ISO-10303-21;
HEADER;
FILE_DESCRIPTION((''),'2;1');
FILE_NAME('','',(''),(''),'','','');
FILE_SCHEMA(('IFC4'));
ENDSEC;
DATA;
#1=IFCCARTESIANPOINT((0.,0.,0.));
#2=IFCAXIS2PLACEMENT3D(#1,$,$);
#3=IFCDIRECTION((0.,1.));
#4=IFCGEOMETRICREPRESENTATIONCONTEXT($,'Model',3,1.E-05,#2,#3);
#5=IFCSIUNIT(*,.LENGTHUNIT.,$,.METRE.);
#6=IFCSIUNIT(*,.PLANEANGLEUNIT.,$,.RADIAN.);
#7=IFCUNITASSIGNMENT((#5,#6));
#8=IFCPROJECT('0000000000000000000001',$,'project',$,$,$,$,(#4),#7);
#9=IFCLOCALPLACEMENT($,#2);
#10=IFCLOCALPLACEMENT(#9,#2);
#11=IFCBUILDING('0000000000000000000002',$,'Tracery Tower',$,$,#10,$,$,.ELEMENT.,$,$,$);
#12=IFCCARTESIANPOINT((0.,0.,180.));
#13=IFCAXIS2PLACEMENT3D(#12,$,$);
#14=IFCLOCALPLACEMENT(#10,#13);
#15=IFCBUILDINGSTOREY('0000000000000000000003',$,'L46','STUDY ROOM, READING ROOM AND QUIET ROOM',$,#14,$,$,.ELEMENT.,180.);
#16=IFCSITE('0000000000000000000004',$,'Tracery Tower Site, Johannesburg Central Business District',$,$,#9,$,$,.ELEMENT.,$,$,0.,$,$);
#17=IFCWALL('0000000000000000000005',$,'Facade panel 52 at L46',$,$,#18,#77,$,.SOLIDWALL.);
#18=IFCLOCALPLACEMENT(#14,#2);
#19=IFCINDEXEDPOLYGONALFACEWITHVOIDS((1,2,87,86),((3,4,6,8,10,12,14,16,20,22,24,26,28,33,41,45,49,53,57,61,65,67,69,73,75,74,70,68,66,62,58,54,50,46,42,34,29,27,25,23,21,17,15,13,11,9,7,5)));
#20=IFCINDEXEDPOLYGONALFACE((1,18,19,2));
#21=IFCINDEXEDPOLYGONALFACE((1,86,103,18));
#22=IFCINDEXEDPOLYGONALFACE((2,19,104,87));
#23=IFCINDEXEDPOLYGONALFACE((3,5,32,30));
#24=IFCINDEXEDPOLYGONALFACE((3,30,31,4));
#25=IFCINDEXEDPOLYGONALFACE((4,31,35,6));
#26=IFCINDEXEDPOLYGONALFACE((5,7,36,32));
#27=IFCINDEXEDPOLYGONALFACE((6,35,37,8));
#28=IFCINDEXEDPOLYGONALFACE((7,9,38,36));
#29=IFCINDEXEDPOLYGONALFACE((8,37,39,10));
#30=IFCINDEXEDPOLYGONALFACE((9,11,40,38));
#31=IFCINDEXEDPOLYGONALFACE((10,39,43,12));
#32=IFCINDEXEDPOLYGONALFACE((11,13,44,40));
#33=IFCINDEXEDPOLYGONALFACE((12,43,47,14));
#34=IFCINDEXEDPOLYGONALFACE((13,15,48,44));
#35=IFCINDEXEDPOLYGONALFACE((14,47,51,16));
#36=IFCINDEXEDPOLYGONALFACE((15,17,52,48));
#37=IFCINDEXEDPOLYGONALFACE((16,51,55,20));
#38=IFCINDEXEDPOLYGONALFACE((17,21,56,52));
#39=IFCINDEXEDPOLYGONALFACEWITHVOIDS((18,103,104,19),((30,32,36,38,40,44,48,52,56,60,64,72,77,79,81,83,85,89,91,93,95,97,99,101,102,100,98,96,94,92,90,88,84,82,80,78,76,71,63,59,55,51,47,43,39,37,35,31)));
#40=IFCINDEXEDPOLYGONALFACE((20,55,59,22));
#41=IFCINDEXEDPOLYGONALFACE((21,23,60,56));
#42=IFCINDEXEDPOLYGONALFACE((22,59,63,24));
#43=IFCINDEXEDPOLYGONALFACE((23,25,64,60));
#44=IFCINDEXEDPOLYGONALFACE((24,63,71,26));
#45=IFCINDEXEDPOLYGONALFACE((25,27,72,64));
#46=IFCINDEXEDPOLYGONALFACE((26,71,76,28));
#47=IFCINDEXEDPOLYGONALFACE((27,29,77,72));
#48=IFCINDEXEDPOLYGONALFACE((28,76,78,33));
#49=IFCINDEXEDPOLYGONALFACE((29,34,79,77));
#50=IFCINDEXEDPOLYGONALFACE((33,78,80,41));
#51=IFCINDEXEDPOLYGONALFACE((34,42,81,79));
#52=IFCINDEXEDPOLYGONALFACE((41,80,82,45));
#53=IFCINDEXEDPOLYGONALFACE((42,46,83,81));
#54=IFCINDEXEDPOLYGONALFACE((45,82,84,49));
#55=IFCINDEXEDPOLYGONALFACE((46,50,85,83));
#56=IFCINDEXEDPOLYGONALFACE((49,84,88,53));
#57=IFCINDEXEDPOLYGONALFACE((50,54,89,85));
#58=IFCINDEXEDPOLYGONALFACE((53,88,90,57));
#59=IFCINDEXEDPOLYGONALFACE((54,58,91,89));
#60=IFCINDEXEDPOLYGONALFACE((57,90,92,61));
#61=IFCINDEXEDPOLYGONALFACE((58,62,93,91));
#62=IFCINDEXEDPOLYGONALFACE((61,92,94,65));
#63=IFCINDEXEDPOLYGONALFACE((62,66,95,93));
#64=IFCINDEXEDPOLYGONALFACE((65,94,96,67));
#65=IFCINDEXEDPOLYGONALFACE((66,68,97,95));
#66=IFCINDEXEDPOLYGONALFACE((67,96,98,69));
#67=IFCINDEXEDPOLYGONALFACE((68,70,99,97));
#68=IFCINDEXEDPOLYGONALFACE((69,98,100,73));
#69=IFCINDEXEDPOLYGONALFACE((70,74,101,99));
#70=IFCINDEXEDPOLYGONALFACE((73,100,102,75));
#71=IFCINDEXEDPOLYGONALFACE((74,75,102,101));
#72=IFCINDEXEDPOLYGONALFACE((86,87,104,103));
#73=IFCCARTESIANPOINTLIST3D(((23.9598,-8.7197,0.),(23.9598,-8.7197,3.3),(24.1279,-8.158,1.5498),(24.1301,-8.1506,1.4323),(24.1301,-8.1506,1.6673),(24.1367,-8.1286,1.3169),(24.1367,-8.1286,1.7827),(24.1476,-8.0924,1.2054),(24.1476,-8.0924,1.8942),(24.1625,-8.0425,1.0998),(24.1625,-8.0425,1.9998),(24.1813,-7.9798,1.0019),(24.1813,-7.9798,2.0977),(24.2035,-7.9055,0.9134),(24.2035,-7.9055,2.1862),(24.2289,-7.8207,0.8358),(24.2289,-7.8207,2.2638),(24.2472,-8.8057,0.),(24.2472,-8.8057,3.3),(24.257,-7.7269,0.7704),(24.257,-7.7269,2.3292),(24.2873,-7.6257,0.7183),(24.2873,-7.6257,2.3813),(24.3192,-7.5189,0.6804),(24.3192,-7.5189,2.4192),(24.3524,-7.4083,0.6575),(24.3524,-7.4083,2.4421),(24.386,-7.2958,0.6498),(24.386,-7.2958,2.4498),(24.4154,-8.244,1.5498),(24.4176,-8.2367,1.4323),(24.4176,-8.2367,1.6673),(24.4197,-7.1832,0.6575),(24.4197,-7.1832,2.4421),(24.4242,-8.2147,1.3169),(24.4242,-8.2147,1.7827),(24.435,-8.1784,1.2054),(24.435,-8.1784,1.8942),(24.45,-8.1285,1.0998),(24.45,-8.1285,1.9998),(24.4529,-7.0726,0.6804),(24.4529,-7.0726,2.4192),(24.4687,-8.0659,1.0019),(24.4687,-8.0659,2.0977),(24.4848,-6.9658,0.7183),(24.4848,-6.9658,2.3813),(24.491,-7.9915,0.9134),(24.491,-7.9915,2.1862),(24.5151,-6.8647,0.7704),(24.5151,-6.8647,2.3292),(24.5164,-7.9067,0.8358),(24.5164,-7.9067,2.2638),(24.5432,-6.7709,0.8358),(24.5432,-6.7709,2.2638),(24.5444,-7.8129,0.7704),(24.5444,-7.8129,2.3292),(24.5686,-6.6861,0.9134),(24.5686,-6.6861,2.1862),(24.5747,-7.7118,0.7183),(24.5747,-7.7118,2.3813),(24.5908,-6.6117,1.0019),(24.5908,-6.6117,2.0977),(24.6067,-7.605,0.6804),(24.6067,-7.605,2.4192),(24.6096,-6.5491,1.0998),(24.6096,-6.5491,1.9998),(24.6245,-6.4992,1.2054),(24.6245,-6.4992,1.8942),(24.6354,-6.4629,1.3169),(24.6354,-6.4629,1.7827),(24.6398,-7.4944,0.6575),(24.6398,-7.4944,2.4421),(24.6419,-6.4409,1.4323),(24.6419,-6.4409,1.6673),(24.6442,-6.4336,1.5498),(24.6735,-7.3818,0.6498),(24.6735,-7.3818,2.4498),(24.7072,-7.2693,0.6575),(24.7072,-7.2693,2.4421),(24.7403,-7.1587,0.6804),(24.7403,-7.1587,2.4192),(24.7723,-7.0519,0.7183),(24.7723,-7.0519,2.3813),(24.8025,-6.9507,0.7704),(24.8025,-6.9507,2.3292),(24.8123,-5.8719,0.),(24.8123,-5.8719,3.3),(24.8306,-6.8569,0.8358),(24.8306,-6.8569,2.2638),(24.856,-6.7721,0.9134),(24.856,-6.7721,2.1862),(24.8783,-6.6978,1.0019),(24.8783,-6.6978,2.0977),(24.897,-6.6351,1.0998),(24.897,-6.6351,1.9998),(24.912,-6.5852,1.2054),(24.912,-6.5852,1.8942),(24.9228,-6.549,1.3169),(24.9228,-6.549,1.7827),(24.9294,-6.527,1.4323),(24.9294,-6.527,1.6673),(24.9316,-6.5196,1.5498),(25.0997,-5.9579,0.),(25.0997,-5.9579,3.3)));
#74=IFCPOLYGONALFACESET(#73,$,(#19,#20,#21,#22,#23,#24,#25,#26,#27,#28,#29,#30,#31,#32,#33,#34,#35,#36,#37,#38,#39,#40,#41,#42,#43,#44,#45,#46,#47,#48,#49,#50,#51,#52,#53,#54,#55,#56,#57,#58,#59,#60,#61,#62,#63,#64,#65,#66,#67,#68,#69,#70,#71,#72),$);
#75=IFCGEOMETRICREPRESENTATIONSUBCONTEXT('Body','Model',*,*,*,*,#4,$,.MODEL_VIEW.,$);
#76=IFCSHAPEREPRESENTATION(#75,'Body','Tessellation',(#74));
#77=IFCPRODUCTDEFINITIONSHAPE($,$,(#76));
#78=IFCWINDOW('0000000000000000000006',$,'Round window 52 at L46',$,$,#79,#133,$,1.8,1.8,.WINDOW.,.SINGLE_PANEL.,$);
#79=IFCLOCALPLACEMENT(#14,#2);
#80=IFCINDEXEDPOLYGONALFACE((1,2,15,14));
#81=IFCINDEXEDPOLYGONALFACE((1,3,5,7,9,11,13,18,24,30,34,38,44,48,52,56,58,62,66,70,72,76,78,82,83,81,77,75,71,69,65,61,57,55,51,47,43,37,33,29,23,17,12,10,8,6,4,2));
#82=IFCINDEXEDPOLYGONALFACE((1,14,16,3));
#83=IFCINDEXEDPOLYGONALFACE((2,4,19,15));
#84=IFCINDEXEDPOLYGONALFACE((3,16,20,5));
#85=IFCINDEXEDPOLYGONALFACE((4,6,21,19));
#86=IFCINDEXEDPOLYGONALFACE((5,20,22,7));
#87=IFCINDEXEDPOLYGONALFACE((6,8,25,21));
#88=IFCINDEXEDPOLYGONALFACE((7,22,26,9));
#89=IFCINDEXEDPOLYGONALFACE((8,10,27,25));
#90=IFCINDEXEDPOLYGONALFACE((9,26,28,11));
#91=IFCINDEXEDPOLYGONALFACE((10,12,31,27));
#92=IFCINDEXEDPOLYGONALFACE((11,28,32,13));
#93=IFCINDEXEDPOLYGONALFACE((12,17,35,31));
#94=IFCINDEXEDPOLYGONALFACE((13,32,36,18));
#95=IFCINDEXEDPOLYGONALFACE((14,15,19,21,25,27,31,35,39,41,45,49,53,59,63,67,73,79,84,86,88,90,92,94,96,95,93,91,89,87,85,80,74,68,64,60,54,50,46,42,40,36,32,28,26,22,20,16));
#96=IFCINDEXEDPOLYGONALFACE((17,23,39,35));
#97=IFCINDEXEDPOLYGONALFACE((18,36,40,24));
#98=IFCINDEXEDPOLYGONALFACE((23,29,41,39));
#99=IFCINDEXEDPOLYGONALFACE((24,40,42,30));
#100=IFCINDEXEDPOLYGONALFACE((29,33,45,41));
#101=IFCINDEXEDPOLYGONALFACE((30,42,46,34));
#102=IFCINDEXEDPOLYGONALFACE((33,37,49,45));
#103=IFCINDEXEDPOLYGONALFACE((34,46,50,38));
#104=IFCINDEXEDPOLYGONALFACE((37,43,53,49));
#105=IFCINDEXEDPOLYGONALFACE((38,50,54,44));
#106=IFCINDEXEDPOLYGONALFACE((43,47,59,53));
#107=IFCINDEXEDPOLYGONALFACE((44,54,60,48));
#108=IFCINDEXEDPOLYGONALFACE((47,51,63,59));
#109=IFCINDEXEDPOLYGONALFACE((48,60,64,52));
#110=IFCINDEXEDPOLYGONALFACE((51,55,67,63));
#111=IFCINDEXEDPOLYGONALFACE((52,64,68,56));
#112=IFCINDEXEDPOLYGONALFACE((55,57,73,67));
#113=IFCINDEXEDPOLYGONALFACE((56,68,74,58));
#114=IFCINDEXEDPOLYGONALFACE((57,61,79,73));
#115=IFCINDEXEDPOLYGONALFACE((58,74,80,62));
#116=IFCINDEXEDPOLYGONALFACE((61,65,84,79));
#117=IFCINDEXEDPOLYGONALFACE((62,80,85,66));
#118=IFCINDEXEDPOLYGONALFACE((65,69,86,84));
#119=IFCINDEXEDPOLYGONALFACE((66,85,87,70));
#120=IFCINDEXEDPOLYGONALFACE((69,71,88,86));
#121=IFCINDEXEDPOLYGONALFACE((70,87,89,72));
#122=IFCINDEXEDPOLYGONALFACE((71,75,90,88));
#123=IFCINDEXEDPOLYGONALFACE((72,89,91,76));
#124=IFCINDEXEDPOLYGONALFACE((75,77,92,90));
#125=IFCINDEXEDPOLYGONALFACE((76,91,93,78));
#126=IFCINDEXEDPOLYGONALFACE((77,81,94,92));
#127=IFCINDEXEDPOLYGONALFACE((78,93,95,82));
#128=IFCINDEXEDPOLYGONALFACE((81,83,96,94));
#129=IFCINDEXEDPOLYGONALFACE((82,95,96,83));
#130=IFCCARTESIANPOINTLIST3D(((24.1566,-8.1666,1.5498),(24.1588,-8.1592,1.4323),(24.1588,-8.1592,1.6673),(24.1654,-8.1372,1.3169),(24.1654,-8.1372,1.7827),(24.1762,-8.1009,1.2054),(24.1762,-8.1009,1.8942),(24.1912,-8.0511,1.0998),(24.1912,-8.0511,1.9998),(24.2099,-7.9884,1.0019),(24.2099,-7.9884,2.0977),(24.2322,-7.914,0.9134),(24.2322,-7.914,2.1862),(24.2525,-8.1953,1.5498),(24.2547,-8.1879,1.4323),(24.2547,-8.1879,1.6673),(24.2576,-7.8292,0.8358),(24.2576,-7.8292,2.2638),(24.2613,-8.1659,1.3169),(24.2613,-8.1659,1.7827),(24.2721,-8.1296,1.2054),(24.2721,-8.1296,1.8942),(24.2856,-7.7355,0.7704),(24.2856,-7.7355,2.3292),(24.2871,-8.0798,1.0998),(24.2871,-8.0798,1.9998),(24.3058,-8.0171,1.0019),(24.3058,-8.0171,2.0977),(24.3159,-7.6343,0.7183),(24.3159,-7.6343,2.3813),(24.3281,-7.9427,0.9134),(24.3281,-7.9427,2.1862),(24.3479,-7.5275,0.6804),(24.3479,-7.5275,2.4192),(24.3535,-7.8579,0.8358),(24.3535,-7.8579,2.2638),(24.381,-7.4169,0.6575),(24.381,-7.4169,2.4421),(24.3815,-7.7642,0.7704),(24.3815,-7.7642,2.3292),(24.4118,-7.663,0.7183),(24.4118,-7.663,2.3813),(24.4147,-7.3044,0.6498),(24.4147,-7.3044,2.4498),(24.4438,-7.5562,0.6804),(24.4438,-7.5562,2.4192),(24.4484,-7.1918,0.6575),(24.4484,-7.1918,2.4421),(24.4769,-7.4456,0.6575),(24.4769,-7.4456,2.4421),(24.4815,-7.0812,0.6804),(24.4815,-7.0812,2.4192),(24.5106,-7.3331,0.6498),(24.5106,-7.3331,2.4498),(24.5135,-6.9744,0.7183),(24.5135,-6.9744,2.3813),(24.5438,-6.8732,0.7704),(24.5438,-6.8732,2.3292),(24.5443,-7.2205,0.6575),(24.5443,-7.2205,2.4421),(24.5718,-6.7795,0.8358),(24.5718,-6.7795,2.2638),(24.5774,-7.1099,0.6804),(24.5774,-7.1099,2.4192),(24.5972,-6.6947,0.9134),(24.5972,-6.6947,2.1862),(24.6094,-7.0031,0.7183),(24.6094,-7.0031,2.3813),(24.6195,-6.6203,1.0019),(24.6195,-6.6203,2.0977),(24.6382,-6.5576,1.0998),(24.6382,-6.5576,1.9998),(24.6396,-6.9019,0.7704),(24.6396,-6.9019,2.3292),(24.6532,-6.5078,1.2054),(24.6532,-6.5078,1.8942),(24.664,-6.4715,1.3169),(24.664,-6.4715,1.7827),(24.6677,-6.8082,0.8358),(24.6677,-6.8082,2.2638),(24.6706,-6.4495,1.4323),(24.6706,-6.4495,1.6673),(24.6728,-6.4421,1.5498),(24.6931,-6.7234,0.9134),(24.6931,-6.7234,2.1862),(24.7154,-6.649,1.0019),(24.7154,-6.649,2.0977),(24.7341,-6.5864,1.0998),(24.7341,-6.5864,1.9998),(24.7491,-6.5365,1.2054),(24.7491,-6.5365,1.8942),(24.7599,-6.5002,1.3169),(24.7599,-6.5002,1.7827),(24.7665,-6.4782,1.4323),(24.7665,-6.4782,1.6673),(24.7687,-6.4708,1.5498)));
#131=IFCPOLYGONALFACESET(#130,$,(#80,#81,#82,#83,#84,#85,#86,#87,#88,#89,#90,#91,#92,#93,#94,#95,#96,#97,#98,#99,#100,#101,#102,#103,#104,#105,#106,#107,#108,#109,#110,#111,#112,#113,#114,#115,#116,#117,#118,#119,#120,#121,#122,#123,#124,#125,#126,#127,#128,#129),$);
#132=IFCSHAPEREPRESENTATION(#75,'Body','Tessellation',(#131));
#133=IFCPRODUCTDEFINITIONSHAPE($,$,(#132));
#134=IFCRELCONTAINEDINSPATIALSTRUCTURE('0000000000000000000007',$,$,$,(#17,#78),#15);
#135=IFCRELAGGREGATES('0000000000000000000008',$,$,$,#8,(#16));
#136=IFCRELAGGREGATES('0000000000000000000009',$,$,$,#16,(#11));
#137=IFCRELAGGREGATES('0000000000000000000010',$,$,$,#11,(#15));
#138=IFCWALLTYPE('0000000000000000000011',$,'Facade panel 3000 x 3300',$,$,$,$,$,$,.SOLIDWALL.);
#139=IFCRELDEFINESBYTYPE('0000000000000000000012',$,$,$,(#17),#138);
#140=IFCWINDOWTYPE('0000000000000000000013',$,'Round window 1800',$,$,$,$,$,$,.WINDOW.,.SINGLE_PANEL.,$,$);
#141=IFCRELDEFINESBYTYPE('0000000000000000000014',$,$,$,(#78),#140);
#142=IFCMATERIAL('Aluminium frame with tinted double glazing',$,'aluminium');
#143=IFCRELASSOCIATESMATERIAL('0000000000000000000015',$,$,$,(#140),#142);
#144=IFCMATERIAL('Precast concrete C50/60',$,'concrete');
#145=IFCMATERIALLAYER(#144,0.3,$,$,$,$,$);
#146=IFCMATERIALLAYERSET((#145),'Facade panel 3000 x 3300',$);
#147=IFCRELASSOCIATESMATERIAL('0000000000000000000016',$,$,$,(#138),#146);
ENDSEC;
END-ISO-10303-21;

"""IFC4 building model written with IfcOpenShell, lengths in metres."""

from ifc_helpers import new_model, si_unit, direction, frame, frame_2d, origin, origin_2d, place, context, subcontext, project, spatial, rectangle, circle, extrude, material, layer, layer_set, type_object, element, fill, save


model = new_model("IFC4")

# Units and contexts
model_context = context("Model", 3, precision=1e-05, world=origin(), true_north=direction((0.0, 1.0)))
body_context = subcontext(model_context, "Body", "Model", "MODEL_VIEW")
ifc_project = project(units=[si_unit("LENGTHUNIT", "METRE"), si_unit("PLANEANGLEUNIT", "RADIAN")], contexts=[model_context])

# Site, building, storey
site_placement = place(None, origin())
site = spatial("IfcSite", under=ifc_project, at=site_placement, Name="Tracery Tower Site, Johannesburg Central Business District", CompositionType="ELEMENT", RefElevation=0.0)
building_placement = place(site_placement, origin())
building = spatial("IfcBuilding", under=site, at=building_placement, Name="Tracery Tower", CompositionType="ELEMENT")
storey_placement = place(building_placement, frame((0.0, 0.0, 180.0)))
storey = spatial("IfcBuildingStorey", under=building, at=storey_placement, Name="L46", Description="STUDY ROOM, READING ROOM AND QUIET ROOM", CompositionType="ELEMENT", Elevation=180.0)

# Wall, opening, window
ifc_material_1 = material(Name="Aluminium frame with tinted double glazing", Category="aluminium")
window_type = type_object("IfcWindowType", Name="Round window 1800", PartitioningType="SINGLE_PANEL", PredefinedType="WINDOW", material=ifc_material_1)
ifc_material_2 = material(Name="Precast concrete C50/60", Category="concrete")
ifc_layer_1 = layer(ifc_material_2, 0.3)
ifc_layer_set_1 = layer_set([ifc_layer_1], Name="Facade panel 3000 x 3300")
wall_type_1 = type_object("IfcWallType", Name="Facade panel 3000 x 3300", PredefinedType="SOLIDWALL", material=ifc_layer_set_1)
wall_1_placement = place(storey_placement, frame((24.1035, -8.7627, 0.0), z_axis=(0.0, 0.0, 1.0), x_axis=(0.286783, 0.957996, 0.0)))
wall_1 = element("IfcWall", 1, at=wall_1_placement, inside=storey, type_object=wall_type_1, Name="Facade panel 52 at L46", PredefinedType="SOLIDWALL", context=body_context, shape_type="SweptSolid", body=[
    extrude(rectangle(XDim=2.9727, YDim=0.3, at=frame_2d((1.4863, 0.0))), origin(), (0.0, 0.0, 1.0), 3.3),
])
opening_1_placement = place(wall_1_placement, frame((1.4863, 0.0, 1.5498)))
opening_1 = element("IfcOpeningElement", 2, at=opening_1_placement, cuts=wall_1, PredefinedType="OPENING", context=body_context, shape_type="SweptSolid", body=[
    extrude(circle(Radius=0.9, at=origin_2d()), frame((0.0, 0.1599, 0.0), z_axis=(0.0, -1.0, 0.0), x_axis=(1.0, 0.0, 0.0)), (0.0, 0.0, 1.0), 0.3201),
])
window_1_placement = place(opening_1_placement, origin())
window_1 = element("IfcWindow", 3, at=window_1_placement, inside=storey, type_object=window_type, Name="Round window 52 at L46", OverallHeight=1.8, OverallWidth=1.8, PartitioningType="SINGLE_PANEL", PredefinedType="WINDOW", context=body_context, shape_type="SweptSolid", body=[
    extrude(circle(Radius=0.9, at=origin_2d()), frame((0.0, 0.1201, 0.0), z_axis=(0.0, -1.0, 0.0), x_axis=(1.0, 0.0, 0.0)), (0.0, 0.0, 1.0), 0.1001),
])
fill(opening_1, window_1)

save(model, "model.ifc")
